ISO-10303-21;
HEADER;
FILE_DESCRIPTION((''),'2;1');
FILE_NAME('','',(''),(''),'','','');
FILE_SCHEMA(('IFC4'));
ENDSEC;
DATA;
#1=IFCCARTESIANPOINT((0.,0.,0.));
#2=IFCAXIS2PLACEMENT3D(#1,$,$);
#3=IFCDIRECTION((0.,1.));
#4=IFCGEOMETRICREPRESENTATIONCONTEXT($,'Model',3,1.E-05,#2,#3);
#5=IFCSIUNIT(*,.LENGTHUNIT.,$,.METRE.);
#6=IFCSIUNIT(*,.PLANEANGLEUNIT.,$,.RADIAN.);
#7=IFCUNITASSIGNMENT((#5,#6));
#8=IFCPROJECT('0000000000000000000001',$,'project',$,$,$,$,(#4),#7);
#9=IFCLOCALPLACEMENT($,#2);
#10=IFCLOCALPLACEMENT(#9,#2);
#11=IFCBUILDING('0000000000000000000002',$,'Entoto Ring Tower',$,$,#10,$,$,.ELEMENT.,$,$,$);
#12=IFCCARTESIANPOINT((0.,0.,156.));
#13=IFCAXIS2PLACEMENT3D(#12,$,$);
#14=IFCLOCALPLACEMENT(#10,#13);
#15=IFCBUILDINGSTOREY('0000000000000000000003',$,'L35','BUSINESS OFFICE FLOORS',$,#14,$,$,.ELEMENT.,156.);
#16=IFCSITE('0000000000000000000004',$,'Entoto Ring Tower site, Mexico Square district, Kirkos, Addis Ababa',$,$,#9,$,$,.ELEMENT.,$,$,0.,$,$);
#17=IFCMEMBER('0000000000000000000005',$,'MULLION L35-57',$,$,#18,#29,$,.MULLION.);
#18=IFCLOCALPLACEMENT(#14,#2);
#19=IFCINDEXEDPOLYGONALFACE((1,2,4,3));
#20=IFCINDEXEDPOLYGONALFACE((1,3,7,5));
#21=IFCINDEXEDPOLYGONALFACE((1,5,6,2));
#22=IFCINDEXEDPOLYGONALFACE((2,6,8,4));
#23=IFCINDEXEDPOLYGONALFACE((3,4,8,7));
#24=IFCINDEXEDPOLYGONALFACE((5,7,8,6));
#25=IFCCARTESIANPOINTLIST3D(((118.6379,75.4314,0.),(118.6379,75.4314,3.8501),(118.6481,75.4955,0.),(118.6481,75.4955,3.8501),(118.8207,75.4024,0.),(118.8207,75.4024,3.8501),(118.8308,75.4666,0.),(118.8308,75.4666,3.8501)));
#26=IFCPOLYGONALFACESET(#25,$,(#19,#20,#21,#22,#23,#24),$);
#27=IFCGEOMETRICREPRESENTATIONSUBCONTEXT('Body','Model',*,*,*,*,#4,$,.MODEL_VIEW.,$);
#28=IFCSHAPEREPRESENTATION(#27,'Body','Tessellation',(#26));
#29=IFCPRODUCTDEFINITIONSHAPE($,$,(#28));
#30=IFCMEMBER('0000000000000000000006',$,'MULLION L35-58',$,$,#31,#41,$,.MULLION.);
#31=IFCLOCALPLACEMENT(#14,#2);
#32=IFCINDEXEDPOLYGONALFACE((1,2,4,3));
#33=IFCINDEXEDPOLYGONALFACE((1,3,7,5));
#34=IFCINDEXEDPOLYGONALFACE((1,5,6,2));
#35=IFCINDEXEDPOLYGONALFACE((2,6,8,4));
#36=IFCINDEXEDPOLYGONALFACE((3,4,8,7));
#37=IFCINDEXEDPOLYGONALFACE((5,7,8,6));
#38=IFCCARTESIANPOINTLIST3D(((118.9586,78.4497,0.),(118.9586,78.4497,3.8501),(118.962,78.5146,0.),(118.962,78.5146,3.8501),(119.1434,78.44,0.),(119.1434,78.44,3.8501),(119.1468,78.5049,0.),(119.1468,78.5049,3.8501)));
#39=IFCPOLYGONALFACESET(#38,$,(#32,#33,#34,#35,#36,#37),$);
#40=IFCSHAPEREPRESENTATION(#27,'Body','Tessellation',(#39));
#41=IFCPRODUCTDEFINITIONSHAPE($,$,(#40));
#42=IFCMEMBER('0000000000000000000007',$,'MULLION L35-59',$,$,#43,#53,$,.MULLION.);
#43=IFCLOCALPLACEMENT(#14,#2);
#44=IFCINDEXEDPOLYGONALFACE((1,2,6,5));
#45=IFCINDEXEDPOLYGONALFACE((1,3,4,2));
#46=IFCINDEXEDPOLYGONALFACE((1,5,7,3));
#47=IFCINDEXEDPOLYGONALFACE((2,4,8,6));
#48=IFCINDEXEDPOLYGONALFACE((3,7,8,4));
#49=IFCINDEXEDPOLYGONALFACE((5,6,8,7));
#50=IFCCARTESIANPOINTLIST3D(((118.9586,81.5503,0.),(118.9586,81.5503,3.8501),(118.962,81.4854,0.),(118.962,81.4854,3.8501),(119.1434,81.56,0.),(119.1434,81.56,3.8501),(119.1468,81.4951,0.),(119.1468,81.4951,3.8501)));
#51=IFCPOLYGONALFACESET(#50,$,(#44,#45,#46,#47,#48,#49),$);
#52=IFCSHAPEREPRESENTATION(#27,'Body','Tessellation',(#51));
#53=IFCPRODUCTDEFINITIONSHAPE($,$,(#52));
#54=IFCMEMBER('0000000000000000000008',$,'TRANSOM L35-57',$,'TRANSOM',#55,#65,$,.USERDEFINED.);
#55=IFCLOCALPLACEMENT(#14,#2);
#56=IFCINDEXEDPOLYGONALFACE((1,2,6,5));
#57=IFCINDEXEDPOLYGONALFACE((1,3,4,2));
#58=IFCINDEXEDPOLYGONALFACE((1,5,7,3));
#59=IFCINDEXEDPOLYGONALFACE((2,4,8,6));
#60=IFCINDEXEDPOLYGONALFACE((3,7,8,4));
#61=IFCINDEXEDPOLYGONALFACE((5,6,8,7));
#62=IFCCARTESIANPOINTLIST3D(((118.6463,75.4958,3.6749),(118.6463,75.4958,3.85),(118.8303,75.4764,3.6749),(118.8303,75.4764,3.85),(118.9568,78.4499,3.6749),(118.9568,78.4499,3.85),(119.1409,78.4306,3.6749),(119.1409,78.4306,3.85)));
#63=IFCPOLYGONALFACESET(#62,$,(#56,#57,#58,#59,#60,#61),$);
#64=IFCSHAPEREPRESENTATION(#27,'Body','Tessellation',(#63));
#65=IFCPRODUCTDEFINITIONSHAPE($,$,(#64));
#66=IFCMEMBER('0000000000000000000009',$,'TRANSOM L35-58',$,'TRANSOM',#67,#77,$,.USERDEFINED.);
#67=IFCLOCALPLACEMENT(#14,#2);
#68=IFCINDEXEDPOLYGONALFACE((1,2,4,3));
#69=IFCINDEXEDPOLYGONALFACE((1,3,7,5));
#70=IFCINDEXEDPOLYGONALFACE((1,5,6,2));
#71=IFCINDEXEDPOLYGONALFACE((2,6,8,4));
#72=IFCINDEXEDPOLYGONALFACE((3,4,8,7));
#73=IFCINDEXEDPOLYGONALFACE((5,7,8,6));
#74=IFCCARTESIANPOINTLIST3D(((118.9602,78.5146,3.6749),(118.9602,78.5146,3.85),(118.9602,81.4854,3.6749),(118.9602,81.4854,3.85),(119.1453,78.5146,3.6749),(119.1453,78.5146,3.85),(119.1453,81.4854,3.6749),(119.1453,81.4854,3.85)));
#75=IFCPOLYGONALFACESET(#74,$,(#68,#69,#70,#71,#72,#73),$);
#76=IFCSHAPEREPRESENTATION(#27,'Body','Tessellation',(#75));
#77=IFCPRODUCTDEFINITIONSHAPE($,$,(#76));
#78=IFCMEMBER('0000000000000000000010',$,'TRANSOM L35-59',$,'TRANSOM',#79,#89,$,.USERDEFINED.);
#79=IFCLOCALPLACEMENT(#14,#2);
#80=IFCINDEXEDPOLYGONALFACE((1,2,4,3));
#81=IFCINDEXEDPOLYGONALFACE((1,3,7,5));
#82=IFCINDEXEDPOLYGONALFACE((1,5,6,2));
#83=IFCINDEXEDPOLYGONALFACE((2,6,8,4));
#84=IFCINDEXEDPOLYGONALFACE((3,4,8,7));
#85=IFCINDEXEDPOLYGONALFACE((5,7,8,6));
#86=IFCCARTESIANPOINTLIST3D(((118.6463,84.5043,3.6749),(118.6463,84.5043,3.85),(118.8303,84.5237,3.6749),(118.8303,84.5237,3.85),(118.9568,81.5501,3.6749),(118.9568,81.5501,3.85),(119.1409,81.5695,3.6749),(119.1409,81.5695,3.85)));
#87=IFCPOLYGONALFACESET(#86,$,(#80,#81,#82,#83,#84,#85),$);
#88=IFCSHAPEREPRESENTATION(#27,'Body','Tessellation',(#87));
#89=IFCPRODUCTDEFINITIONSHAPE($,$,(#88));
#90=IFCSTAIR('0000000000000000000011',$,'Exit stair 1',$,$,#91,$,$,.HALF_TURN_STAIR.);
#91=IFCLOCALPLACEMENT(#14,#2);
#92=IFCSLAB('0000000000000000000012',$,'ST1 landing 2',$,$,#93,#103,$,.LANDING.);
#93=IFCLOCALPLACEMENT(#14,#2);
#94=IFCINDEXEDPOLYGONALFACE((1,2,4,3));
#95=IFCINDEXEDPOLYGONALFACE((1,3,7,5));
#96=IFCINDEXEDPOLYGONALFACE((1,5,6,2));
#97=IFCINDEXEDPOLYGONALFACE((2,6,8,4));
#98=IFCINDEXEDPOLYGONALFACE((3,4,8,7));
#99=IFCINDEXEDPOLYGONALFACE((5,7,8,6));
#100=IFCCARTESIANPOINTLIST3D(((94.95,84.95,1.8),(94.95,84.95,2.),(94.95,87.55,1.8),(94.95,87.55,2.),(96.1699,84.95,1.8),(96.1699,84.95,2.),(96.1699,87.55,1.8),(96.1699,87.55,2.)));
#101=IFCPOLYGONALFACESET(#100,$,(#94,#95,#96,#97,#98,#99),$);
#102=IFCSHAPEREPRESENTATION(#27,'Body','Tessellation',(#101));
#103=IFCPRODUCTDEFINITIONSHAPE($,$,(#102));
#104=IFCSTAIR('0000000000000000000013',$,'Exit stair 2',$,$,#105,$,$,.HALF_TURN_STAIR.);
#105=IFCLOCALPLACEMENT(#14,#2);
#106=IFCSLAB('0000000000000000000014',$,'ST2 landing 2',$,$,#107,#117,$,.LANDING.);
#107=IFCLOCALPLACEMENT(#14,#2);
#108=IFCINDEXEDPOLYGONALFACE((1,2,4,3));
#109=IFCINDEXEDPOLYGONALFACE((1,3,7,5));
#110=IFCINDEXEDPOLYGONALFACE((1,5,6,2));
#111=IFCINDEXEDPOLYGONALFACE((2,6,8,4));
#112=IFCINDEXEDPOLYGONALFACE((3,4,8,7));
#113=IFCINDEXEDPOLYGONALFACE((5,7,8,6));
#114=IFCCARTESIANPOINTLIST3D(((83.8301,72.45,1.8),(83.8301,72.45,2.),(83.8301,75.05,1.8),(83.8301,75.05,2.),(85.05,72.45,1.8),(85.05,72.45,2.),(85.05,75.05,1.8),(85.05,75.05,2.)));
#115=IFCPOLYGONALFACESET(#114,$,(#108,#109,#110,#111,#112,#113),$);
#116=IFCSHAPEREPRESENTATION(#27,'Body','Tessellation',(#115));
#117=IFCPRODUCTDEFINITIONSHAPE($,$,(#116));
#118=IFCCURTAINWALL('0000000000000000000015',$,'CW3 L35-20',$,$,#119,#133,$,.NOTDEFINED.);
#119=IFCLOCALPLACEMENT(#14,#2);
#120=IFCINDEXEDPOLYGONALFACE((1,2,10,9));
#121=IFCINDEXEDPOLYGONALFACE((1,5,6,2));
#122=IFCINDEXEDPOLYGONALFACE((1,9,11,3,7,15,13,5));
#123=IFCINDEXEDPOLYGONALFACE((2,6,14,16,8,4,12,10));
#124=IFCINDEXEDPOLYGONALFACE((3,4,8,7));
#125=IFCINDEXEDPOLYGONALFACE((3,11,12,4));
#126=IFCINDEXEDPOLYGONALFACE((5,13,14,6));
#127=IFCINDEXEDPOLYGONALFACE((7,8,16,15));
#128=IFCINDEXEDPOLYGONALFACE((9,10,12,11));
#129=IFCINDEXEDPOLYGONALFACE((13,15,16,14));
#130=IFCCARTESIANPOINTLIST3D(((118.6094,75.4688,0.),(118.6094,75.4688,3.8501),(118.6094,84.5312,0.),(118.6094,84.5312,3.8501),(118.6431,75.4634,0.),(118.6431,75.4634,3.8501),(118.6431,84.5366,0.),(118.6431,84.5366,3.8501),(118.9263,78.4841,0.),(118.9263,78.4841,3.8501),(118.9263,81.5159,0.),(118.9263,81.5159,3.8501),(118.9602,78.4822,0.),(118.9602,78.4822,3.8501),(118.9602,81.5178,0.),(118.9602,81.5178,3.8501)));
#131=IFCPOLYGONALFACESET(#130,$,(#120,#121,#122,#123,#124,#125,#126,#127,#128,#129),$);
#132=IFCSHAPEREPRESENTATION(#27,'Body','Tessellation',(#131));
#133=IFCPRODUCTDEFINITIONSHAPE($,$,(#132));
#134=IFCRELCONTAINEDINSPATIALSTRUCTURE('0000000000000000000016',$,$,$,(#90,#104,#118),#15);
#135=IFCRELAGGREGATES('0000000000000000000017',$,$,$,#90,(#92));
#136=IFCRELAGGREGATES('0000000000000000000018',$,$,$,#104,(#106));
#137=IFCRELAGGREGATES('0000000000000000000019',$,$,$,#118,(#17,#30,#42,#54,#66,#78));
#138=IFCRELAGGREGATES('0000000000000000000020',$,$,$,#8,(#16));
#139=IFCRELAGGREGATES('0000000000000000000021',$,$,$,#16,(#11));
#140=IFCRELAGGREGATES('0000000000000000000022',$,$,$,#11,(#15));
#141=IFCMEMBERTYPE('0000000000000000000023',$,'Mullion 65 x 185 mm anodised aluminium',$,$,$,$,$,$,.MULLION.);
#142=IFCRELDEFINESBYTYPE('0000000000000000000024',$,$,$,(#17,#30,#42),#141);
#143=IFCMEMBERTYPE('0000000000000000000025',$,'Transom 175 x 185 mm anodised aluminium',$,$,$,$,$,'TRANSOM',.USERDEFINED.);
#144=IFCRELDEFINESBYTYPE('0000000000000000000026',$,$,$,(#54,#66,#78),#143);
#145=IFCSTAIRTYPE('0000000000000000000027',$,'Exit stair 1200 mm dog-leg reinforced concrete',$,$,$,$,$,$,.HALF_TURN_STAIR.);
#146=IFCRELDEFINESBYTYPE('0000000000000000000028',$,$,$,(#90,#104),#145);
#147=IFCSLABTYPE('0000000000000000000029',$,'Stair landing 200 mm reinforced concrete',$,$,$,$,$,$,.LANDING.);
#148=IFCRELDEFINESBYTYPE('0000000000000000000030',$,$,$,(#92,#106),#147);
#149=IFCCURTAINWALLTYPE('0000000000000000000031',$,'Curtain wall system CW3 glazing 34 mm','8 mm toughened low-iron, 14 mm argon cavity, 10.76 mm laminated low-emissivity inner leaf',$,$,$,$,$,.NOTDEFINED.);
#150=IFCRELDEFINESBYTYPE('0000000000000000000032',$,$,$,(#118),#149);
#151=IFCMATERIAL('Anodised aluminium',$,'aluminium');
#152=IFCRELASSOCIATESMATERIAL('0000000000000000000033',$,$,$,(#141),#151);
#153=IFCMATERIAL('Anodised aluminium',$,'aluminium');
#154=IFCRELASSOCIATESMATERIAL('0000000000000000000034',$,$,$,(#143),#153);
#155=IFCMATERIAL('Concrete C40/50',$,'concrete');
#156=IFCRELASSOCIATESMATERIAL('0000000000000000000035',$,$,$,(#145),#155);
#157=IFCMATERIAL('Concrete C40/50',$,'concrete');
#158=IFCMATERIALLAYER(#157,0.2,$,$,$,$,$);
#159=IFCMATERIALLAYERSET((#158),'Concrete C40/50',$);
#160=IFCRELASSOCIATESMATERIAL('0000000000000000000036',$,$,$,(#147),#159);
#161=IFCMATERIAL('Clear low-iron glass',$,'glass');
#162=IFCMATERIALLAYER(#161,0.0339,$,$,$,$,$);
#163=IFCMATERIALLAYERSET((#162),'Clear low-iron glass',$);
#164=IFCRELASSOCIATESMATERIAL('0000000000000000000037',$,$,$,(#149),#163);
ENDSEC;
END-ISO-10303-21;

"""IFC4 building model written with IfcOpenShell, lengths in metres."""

from ifc_helpers import new_model, si_unit, direction, frame, origin, origin_2d, place, context, subcontext, project, spatial, polyline, rectangle, outline, extrude, material, layer, layer_set, material_profile, profile_set, type_object, element, aggregate, save


model = new_model("IFC4")

# Units and contexts
model_context = context("Model", 3, precision=1e-05, world=origin(), true_north=direction((0.0, 1.0)))
body_context = subcontext(model_context, "Body", "Model", "MODEL_VIEW")
ifc_project = project(units=[si_unit("LENGTHUNIT", "METRE"), si_unit("PLANEANGLEUNIT", "RADIAN")], contexts=[model_context])

# Members
ifc_material_1 = material(Name="Anodised aluminium", Category="aluminium")
ifc_material_profile_1 = material_profile(ifc_material_1, rectangle(XDim=0.0649, YDim=0.1851, at=origin_2d()), Name="Mullion 65 x 185 mm anodised aluminium")
ifc_profile_set_1 = profile_set([ifc_material_profile_1], Name="Anodised aluminium")
member_type_1 = type_object("IfcMemberType", Name="Mullion 65 x 185 mm anodised aluminium", PredefinedType="MULLION", material=ifc_profile_set_1)
site_placement = place(None, origin())
building_placement = place(site_placement, origin())
storey_placement = place(building_placement, frame((0.0, 0.0, 156.0)))
member_1_placement = place(storey_placement, frame((118.7344, 75.449, 0.0), z_axis=(0.0, 0.0, 1.0), x_axis=(0.156434, 0.987688, 0.0)))
member_1 = element("IfcMember", 1, at=member_1_placement, type_object=member_type_1, Name="MULLION L35-57", PredefinedType="MULLION", context=body_context, shape_type="SweptSolid", body=[
    extrude(rectangle(XDim=0.0649, YDim=0.1851, at=origin_2d()), origin(), (0.0, 0.0, 1.0), 3.8501),
])
member_2_placement = place(storey_placement, frame((119.0527, 78.4773, 0.0), z_axis=(0.0, 0.0, 1.0), x_axis=(0.052336, 0.99863, 0.0)))
member_2 = element("IfcMember", 2, at=member_2_placement, type_object=member_type_1, Name="MULLION L35-58", PredefinedType="MULLION", context=body_context, shape_type="SweptSolid", body=[
    extrude(rectangle(XDim=0.0649, YDim=0.1851, at=origin_2d()), origin(), (0.0, 0.0, 1.0), 3.8501),
])
member_3_placement = place(storey_placement, frame((119.0527, 81.5227, 0.0), z_axis=(0.0, 0.0, 1.0), x_axis=(-0.052336, 0.99863, 0.0)))
member_3 = element("IfcMember", 3, at=member_3_placement, type_object=member_type_1, Name="MULLION L35-59", PredefinedType="MULLION", context=body_context, shape_type="SweptSolid", body=[
    extrude(rectangle(XDim=0.0649, YDim=0.1851, at=origin_2d()), origin(), (0.0, 0.0, 1.0), 3.8501),
])
ifc_material_2 = material(Name="Anodised aluminium", Category="aluminium")
ifc_material_profile_2 = material_profile(ifc_material_2, rectangle(XDim=0.1851, YDim=0.175, at=origin_2d()), Name="Transom 175 x 185 mm anodised aluminium")
ifc_profile_set_2 = profile_set([ifc_material_profile_2], Name="Anodised aluminium")
member_type_2 = type_object("IfcMemberType", Name="Transom 175 x 185 mm anodised aluminium", ElementType="TRANSOM", PredefinedType="USERDEFINED", material=ifc_profile_set_2)
member_4_placement = place(storey_placement, frame((118.7383, 75.4861, 3.7625), z_axis=(0.104548, 0.99452, 0.0), x_axis=(-0.99452, 0.104548, 0.0)))
member_4 = element("IfcMember", 4, at=member_4_placement, type_object=member_type_2, Name="TRANSOM L35-57", ObjectType="TRANSOM", PredefinedType="USERDEFINED", context=body_context, shape_type="SweptSolid", body=[
    extrude(rectangle(XDim=0.1851, YDim=0.175, at=origin_2d()), origin(), (0.0, 0.0, 1.0), 2.9705),
])
member_5_placement = place(storey_placement, frame((119.0527, 78.5146, 3.7625), z_axis=(0.0, 1.0, 0.0), x_axis=(-1.0, 0.0, 0.0)))
member_5 = element("IfcMember", 5, at=member_5_placement, type_object=member_type_2, Name="TRANSOM L35-58", ObjectType="TRANSOM", PredefinedType="USERDEFINED", context=body_context, shape_type="SweptSolid", body=[
    extrude(rectangle(XDim=0.1851, YDim=0.175, at=origin_2d()), origin(), (0.0, 0.0, 1.0), 2.9707),
])
member_6_placement = place(storey_placement, frame((119.0488, 81.5598, 3.7625), z_axis=(-0.104548, 0.99452, 0.0), x_axis=(-0.99452, -0.104548, 0.0)))
member_6 = element("IfcMember", 6, at=member_6_placement, type_object=member_type_2, Name="TRANSOM L35-59", ObjectType="TRANSOM", PredefinedType="USERDEFINED", context=body_context, shape_type="SweptSolid", body=[
    extrude(rectangle(XDim=0.1851, YDim=0.175, at=origin_2d()), origin(), (0.0, 0.0, 1.0), 2.9705),
])

# Site, building, storey
site = spatial("IfcSite", under=ifc_project, at=site_placement, Name="Entoto Ring Tower site, Mexico Square district, Kirkos, Addis Ababa", CompositionType="ELEMENT", RefElevation=0.0)
building = spatial("IfcBuilding", under=site, at=building_placement, Name="Entoto Ring Tower", CompositionType="ELEMENT")
storey = spatial("IfcBuildingStorey", under=building, at=storey_placement, Name="L35", Description="BUSINESS OFFICE FLOORS", CompositionType="ELEMENT", Elevation=156.0)

# Stairs, slabs
ifc_material_3 = material(Name="Concrete C40/50", Category="concrete")
stair_type = type_object("IfcStairType", Name="Exit stair 1200 mm dog-leg reinforced concrete", PredefinedType="HALF_TURN_STAIR", material=ifc_material_3)
stair_1_placement = place(storey_placement, origin())
stair_1 = element("IfcStair", 7, at=stair_1_placement, inside=storey, type_object=stair_type, Name="Exit stair 1", PredefinedType="HALF_TURN_STAIR")
ifc_material_4 = material(Name="Concrete C40/50", Category="concrete")
ifc_layer_1 = layer(ifc_material_4, 0.2)
ifc_layer_set_1 = layer_set([ifc_layer_1], Name="Concrete C40/50")
slab_type = type_object("IfcSlabType", Name="Stair landing 200 mm reinforced concrete", PredefinedType="LANDING", material=ifc_layer_set_1)
slab_1_placement = place(storey_placement, frame((0.0, 0.0, 1.8)))
slab_1 = element("IfcSlab", 8, at=slab_1_placement, type_object=slab_type, Name="ST1 landing 2", PredefinedType="LANDING", context=body_context, shape_type="SweptSolid", body=[
    extrude(outline(polyline([(94.95, 84.95), (96.1699, 84.95), (96.1699, 87.55), (94.95, 87.55), (94.95, 84.95)])), origin(), (0.0, 0.0, 1.0), 0.2),
])
aggregate(stair_1, [slab_1])
stair_2_placement = place(storey_placement, origin())
stair_2 = element("IfcStair", 9, at=stair_2_placement, inside=storey, type_object=stair_type, Name="Exit stair 2", PredefinedType="HALF_TURN_STAIR")
slab_2_placement = place(storey_placement, frame((0.0, 0.0, 1.8)))
slab_2 = element("IfcSlab", 10, at=slab_2_placement, type_object=slab_type, Name="ST2 landing 2", PredefinedType="LANDING", context=body_context, shape_type="SweptSolid", body=[
    extrude(outline(polyline([(83.8301, 72.45), (85.05, 72.45), (85.05, 75.05), (83.8301, 75.05), (83.8301, 72.45)])), origin(), (0.0, 0.0, 1.0), 0.2),
])
aggregate(stair_2, [slab_2])

# Curtain wall
ifc_material_5 = material(Name="Clear low-iron glass", Category="glass")
ifc_layer_2 = layer(ifc_material_5, 0.0339)
ifc_layer_set_2 = layer_set([ifc_layer_2], Name="Clear low-iron glass")
curtain_wall_type = type_object("IfcCurtainWallType", Name="Curtain wall system CW3 glazing 34 mm", Description="8 mm toughened low-iron, 14 mm argon cavity, 10.76 mm laminated low-emissivity inner leaf", PredefinedType="NOTDEFINED", material=ifc_layer_set_2)
curtain_wall_1_placement = place(storey_placement, origin())
curtain_wall_1 = element("IfcCurtainWall", 11, at=curtain_wall_1_placement, inside=storey, type_object=curtain_wall_type, Name="CW3 L35-20", PredefinedType="NOTDEFINED", context=body_context, shape_type="SweptSolid", body=[
    extrude(outline(polyline([(118.6431, 75.4634), (118.9602, 78.4822), (118.9602, 81.5178), (118.6431, 84.5366), (118.6094, 84.5312), (118.9263, 81.5159), (118.9263, 78.4841), (118.6094, 75.4688), (118.6431, 75.4634)])), origin(), (0.0, 0.0, 1.0), 3.8501),
])
aggregate(curtain_wall_1, [member_1, member_2, member_3, member_4, member_5, member_6])

save(model, "model.ifc")
